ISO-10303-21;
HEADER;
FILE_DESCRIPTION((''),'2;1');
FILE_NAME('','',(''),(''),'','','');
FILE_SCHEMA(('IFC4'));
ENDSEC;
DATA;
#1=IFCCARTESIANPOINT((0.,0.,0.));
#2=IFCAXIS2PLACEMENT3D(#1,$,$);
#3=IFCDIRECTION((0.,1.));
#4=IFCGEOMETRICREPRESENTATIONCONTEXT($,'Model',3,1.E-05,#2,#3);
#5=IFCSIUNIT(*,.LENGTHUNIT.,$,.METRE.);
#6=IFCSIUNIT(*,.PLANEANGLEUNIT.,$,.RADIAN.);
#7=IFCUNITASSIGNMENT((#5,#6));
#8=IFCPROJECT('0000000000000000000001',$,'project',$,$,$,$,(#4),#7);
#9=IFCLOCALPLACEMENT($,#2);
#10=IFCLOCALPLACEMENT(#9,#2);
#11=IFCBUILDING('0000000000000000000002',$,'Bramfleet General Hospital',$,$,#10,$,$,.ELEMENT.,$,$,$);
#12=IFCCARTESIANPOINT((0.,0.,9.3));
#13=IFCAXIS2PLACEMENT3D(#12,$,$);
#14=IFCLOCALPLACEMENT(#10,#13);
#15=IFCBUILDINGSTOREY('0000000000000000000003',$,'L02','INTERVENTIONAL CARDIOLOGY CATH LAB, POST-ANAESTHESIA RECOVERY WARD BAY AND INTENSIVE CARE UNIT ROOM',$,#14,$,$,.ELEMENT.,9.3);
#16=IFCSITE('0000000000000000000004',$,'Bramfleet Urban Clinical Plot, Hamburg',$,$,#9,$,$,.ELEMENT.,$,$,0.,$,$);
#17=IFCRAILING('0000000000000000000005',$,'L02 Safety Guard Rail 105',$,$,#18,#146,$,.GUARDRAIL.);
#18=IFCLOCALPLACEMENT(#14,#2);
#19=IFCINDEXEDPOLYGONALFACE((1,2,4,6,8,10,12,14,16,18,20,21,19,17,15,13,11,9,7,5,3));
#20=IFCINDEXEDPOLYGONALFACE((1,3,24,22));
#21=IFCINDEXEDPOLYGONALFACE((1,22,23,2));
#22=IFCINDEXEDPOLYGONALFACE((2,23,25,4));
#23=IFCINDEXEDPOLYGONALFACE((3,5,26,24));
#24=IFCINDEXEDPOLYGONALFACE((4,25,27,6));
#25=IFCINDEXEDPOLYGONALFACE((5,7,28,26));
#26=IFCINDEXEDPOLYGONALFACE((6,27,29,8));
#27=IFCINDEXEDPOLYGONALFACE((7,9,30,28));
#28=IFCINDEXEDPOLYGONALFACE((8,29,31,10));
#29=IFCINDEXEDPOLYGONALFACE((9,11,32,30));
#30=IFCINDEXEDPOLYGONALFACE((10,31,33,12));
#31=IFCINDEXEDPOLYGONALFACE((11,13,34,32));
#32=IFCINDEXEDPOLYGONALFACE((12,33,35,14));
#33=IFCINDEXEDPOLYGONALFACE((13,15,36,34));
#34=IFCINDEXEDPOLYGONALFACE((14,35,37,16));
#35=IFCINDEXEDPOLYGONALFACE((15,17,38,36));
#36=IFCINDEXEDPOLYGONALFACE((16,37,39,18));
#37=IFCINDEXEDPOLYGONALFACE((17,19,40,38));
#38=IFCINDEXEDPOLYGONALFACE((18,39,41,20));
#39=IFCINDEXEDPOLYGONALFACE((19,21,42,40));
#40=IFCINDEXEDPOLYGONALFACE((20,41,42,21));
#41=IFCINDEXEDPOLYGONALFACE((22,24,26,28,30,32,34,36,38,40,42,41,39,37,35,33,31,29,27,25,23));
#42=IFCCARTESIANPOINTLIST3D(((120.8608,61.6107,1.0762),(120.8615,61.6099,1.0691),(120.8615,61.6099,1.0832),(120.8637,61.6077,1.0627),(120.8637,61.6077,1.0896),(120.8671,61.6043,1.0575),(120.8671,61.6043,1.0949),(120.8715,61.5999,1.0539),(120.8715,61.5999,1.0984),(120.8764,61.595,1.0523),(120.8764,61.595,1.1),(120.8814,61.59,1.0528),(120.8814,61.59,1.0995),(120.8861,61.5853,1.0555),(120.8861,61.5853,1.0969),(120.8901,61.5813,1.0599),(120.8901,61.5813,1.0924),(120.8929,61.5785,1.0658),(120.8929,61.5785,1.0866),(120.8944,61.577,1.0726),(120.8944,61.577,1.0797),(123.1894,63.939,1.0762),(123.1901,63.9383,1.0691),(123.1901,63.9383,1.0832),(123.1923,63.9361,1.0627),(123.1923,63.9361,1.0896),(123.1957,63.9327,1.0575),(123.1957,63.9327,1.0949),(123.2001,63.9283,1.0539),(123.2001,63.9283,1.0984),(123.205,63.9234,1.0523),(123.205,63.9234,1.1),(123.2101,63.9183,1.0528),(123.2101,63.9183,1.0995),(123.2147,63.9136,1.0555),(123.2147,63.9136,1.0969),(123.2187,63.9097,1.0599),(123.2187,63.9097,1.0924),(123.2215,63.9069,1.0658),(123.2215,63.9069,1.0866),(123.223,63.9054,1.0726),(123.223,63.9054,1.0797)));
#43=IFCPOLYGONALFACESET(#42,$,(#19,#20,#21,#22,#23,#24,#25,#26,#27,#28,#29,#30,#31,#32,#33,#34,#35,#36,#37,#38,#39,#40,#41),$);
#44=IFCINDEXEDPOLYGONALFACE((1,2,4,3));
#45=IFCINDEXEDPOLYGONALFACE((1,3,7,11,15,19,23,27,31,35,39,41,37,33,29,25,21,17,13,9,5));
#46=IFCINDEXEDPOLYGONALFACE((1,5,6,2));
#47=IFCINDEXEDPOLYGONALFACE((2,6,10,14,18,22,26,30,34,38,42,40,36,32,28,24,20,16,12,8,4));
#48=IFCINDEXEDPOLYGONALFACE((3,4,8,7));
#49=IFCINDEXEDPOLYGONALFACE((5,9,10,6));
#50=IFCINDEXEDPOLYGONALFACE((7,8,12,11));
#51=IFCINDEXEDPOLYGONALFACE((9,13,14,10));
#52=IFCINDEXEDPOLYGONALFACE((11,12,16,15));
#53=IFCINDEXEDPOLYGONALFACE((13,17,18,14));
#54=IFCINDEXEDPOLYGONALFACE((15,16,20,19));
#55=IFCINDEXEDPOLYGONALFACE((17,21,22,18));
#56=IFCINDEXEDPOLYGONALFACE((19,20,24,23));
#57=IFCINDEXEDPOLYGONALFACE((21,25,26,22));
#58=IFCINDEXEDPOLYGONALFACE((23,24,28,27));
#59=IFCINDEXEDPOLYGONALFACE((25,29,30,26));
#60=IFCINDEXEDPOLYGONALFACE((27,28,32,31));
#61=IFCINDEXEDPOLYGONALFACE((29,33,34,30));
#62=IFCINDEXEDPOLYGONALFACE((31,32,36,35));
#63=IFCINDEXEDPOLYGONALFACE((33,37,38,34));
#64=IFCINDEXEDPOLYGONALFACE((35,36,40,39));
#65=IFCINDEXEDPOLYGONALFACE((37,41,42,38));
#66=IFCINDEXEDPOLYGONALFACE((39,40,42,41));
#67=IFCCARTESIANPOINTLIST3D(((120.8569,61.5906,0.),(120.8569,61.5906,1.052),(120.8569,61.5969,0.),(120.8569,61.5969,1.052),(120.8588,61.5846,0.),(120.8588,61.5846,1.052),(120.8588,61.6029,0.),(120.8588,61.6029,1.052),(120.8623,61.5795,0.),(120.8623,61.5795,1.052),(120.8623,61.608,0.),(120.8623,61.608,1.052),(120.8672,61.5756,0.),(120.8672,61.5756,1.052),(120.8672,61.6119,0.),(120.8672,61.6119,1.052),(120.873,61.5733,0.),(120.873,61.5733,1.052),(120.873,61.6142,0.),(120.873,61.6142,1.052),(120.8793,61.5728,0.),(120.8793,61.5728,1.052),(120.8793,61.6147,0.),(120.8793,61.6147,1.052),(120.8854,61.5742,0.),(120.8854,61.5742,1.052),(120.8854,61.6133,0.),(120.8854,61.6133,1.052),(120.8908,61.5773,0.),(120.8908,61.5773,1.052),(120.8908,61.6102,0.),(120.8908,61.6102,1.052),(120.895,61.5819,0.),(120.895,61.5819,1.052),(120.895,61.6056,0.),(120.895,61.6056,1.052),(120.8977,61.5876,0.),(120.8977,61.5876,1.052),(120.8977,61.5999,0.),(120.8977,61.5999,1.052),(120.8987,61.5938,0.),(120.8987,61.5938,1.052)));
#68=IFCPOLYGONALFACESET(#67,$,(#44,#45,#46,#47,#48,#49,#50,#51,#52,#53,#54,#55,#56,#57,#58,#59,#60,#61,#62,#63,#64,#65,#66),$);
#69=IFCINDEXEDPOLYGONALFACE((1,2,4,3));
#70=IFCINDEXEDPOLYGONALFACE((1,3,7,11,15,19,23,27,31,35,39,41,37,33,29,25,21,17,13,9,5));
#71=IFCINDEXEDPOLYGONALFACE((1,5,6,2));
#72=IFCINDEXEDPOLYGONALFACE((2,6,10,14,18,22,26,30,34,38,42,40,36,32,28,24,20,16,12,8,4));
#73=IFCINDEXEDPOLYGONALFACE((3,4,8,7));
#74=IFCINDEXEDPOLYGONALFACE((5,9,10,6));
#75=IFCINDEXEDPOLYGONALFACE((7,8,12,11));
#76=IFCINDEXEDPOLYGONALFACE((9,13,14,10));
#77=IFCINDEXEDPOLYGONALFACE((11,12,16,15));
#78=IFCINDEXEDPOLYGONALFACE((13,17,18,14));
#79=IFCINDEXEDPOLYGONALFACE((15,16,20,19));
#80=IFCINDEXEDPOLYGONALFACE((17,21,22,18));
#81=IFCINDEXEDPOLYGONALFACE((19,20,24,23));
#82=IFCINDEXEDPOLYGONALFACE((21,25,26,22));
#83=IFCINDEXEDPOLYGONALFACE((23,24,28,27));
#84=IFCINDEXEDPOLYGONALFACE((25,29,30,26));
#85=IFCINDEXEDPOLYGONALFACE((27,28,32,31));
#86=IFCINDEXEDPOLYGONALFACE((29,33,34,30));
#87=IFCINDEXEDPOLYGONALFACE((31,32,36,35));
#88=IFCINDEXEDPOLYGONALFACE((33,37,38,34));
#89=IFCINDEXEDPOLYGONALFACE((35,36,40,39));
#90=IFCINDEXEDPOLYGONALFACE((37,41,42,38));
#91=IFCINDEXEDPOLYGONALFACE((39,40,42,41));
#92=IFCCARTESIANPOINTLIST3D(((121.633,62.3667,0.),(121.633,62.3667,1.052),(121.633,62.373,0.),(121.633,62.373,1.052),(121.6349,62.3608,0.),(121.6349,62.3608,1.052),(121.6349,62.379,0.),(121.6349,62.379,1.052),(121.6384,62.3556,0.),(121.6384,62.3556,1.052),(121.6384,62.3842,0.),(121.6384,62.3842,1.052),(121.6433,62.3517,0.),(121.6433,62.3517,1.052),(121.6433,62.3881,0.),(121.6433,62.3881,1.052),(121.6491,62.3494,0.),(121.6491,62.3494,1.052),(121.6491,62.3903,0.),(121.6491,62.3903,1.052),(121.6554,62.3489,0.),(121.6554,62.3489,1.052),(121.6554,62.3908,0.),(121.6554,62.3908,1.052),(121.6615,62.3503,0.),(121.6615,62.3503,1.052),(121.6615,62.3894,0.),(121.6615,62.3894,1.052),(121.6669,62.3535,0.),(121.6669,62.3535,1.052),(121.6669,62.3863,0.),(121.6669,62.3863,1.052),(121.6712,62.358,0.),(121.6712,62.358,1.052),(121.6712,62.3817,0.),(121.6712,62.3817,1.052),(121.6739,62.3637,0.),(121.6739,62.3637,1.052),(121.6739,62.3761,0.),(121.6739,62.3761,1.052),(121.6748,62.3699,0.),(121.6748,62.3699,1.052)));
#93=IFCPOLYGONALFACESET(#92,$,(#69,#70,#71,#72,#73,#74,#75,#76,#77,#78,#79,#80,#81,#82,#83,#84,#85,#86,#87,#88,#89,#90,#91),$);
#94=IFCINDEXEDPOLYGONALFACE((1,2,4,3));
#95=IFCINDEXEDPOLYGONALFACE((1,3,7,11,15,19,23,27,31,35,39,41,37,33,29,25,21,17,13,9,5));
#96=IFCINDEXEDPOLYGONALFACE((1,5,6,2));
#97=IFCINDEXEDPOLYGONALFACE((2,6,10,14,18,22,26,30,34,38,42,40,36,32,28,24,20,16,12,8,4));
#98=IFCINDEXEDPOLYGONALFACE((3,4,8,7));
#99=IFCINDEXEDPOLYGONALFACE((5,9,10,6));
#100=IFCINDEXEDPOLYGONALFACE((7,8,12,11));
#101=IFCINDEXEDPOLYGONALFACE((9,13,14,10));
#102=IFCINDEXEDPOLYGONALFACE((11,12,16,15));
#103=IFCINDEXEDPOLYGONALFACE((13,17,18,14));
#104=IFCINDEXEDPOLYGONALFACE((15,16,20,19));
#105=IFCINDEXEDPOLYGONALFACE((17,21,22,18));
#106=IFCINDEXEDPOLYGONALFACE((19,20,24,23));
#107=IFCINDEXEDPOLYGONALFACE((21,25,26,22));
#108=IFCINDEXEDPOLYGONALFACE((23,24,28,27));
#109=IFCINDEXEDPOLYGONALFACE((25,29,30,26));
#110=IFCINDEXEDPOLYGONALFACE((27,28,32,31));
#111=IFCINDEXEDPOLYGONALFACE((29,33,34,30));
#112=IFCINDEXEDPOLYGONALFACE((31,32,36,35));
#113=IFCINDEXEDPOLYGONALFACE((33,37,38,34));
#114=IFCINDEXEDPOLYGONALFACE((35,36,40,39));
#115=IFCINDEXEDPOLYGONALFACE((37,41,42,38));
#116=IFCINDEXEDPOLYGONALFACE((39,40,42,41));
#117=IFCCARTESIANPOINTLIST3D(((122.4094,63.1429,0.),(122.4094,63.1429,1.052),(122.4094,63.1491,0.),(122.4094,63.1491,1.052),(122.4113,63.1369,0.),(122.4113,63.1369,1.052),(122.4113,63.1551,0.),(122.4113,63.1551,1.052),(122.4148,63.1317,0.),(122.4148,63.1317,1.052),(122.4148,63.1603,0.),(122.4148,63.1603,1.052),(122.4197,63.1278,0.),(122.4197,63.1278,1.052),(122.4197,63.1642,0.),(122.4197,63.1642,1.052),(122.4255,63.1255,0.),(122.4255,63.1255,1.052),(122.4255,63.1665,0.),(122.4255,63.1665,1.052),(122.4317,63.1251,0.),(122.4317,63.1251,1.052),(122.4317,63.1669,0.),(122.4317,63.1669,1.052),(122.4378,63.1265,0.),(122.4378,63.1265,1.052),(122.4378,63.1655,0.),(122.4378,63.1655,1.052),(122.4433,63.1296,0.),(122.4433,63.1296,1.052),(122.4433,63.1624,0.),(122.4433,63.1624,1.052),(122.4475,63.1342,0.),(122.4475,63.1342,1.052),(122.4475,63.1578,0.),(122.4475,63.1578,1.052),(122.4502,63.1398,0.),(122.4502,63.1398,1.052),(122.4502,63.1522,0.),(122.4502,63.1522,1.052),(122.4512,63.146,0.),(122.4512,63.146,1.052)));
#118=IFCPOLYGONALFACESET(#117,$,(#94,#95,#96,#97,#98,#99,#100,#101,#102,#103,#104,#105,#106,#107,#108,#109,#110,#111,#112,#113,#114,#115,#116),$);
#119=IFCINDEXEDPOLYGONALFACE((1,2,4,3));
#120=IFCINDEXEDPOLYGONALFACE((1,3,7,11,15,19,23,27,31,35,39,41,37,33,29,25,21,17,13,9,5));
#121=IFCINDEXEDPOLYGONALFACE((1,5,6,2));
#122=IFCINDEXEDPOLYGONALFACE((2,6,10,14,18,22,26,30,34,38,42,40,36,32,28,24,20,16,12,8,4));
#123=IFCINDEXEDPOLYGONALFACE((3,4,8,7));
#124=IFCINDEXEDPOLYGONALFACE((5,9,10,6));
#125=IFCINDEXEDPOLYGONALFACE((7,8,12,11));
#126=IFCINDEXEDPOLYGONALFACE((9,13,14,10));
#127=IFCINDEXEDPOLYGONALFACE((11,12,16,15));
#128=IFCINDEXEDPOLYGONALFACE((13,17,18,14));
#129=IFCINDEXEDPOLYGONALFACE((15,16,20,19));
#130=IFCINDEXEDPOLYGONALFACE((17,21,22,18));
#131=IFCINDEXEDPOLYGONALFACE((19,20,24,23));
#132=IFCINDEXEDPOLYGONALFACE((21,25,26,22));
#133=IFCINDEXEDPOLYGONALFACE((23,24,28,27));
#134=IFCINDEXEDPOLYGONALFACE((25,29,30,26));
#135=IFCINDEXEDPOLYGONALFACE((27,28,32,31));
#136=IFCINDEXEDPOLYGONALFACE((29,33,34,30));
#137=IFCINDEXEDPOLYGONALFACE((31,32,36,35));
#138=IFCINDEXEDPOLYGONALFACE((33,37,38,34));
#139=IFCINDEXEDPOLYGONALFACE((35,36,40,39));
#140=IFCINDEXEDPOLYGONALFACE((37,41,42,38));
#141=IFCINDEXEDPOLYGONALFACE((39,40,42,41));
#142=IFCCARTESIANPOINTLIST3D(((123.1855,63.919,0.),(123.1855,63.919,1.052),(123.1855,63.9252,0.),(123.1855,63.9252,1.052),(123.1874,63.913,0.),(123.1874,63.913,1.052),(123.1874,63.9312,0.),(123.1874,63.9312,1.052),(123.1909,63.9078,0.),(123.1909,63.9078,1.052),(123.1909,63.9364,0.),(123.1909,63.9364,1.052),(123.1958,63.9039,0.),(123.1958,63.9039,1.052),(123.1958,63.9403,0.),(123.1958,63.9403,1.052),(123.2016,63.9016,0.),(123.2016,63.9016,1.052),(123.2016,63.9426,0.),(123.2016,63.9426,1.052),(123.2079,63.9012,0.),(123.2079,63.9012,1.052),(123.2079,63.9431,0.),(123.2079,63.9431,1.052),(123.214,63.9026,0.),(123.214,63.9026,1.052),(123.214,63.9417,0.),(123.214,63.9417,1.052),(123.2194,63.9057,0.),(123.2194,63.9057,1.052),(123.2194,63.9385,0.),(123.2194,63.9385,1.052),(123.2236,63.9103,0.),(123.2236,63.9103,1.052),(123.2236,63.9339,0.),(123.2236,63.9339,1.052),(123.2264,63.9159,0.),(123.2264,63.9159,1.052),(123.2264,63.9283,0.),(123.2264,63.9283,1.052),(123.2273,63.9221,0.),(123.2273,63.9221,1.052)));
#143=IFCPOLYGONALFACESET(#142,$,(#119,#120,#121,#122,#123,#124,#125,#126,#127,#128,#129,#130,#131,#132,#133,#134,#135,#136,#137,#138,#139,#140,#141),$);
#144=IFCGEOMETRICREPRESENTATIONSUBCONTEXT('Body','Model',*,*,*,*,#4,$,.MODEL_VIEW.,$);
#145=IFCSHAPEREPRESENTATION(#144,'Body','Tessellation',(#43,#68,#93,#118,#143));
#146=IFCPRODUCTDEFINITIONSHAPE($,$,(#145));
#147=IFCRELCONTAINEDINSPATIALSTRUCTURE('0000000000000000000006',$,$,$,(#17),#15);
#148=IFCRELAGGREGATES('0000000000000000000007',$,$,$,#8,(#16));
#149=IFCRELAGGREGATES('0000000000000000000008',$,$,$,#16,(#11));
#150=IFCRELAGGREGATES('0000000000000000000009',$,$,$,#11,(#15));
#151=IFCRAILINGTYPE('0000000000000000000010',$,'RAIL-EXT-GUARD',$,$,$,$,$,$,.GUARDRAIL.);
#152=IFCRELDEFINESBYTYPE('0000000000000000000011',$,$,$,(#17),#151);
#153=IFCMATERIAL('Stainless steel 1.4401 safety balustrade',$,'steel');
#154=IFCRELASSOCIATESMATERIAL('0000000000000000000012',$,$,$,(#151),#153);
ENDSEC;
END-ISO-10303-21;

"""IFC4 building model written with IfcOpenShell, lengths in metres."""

from ifc_helpers import new_model, si_unit, direction, frame, origin, origin_2d, place, context, subcontext, project, spatial, circle, extrude, material, type_object, element, save


model = new_model("IFC4")

# Units and contexts
model_context = context("Model", 3, precision=1e-05, world=origin(), true_north=direction((0.0, 1.0)))
body_context = subcontext(model_context, "Body", "Model", "MODEL_VIEW")
ifc_project = project(units=[si_unit("LENGTHUNIT", "METRE"), si_unit("PLANEANGLEUNIT", "RADIAN")], contexts=[model_context])

# Site, building, storey
site_placement = place(None, origin())
site = spatial("IfcSite", under=ifc_project, at=site_placement, Name="Bramfleet Urban Clinical Plot, Hamburg", CompositionType="ELEMENT", RefElevation=0.0)
building_placement = place(site_placement, origin())
building = spatial("IfcBuilding", under=site, at=building_placement, Name="Bramfleet General Hospital", CompositionType="ELEMENT")
storey_placement = place(building_placement, frame((0.0, 0.0, 9.3)))
storey = spatial("IfcBuildingStorey", under=building, at=storey_placement, Name="L02", Description="INTERVENTIONAL CARDIOLOGY CATH LAB, POST-ANAESTHESIA RECOVERY WARD BAY AND INTENSIVE CARE UNIT ROOM", CompositionType="ELEMENT", Elevation=9.3)

# Railing
ifc_material_1 = material(Name="Stainless steel 1.4401 safety balustrade", Category="steel")
railing_type = type_object("IfcRailingType", Name="RAIL-EXT-GUARD", PredefinedType="GUARDRAIL", material=ifc_material_1)
railing_placement = place(storey_placement, frame((120.8777, 61.5938, 0.0)))
element("IfcRailing", 1, at=railing_placement, inside=storey, type_object=railing_type, Name="L02 Safety Guard Rail 105", PredefinedType="GUARDRAIL", context=body_context, shape_type="SweptSolid", body=[
    extrude(circle(Radius=0.0239, at=origin_2d()), frame((0.0, 0.0, 1.0762), z_axis=(0.707144, 0.70707, 0.0), x_axis=(-0.70707, 0.707144, 0.0)), (0.0, 0.0, 1.0), 3.293),
    extrude(circle(Radius=0.021, at=origin_2d()), origin(), (0.0, 0.0, 1.0), 1.052),
    extrude(circle(Radius=0.021, at=origin_2d()), frame((0.7761, 0.7761, 0.0)), (0.0, 0.0, 1.0), 1.052),
    extrude(circle(Radius=0.021, at=origin_2d()), frame((1.5525, 1.5522, 0.0)), (0.0, 0.0, 1.0), 1.052),
    extrude(circle(Radius=0.021, at=origin_2d()), frame((2.3286, 2.3284, 0.0)), (0.0, 0.0, 1.0), 1.052),
])

save(model, "model.ifc")
